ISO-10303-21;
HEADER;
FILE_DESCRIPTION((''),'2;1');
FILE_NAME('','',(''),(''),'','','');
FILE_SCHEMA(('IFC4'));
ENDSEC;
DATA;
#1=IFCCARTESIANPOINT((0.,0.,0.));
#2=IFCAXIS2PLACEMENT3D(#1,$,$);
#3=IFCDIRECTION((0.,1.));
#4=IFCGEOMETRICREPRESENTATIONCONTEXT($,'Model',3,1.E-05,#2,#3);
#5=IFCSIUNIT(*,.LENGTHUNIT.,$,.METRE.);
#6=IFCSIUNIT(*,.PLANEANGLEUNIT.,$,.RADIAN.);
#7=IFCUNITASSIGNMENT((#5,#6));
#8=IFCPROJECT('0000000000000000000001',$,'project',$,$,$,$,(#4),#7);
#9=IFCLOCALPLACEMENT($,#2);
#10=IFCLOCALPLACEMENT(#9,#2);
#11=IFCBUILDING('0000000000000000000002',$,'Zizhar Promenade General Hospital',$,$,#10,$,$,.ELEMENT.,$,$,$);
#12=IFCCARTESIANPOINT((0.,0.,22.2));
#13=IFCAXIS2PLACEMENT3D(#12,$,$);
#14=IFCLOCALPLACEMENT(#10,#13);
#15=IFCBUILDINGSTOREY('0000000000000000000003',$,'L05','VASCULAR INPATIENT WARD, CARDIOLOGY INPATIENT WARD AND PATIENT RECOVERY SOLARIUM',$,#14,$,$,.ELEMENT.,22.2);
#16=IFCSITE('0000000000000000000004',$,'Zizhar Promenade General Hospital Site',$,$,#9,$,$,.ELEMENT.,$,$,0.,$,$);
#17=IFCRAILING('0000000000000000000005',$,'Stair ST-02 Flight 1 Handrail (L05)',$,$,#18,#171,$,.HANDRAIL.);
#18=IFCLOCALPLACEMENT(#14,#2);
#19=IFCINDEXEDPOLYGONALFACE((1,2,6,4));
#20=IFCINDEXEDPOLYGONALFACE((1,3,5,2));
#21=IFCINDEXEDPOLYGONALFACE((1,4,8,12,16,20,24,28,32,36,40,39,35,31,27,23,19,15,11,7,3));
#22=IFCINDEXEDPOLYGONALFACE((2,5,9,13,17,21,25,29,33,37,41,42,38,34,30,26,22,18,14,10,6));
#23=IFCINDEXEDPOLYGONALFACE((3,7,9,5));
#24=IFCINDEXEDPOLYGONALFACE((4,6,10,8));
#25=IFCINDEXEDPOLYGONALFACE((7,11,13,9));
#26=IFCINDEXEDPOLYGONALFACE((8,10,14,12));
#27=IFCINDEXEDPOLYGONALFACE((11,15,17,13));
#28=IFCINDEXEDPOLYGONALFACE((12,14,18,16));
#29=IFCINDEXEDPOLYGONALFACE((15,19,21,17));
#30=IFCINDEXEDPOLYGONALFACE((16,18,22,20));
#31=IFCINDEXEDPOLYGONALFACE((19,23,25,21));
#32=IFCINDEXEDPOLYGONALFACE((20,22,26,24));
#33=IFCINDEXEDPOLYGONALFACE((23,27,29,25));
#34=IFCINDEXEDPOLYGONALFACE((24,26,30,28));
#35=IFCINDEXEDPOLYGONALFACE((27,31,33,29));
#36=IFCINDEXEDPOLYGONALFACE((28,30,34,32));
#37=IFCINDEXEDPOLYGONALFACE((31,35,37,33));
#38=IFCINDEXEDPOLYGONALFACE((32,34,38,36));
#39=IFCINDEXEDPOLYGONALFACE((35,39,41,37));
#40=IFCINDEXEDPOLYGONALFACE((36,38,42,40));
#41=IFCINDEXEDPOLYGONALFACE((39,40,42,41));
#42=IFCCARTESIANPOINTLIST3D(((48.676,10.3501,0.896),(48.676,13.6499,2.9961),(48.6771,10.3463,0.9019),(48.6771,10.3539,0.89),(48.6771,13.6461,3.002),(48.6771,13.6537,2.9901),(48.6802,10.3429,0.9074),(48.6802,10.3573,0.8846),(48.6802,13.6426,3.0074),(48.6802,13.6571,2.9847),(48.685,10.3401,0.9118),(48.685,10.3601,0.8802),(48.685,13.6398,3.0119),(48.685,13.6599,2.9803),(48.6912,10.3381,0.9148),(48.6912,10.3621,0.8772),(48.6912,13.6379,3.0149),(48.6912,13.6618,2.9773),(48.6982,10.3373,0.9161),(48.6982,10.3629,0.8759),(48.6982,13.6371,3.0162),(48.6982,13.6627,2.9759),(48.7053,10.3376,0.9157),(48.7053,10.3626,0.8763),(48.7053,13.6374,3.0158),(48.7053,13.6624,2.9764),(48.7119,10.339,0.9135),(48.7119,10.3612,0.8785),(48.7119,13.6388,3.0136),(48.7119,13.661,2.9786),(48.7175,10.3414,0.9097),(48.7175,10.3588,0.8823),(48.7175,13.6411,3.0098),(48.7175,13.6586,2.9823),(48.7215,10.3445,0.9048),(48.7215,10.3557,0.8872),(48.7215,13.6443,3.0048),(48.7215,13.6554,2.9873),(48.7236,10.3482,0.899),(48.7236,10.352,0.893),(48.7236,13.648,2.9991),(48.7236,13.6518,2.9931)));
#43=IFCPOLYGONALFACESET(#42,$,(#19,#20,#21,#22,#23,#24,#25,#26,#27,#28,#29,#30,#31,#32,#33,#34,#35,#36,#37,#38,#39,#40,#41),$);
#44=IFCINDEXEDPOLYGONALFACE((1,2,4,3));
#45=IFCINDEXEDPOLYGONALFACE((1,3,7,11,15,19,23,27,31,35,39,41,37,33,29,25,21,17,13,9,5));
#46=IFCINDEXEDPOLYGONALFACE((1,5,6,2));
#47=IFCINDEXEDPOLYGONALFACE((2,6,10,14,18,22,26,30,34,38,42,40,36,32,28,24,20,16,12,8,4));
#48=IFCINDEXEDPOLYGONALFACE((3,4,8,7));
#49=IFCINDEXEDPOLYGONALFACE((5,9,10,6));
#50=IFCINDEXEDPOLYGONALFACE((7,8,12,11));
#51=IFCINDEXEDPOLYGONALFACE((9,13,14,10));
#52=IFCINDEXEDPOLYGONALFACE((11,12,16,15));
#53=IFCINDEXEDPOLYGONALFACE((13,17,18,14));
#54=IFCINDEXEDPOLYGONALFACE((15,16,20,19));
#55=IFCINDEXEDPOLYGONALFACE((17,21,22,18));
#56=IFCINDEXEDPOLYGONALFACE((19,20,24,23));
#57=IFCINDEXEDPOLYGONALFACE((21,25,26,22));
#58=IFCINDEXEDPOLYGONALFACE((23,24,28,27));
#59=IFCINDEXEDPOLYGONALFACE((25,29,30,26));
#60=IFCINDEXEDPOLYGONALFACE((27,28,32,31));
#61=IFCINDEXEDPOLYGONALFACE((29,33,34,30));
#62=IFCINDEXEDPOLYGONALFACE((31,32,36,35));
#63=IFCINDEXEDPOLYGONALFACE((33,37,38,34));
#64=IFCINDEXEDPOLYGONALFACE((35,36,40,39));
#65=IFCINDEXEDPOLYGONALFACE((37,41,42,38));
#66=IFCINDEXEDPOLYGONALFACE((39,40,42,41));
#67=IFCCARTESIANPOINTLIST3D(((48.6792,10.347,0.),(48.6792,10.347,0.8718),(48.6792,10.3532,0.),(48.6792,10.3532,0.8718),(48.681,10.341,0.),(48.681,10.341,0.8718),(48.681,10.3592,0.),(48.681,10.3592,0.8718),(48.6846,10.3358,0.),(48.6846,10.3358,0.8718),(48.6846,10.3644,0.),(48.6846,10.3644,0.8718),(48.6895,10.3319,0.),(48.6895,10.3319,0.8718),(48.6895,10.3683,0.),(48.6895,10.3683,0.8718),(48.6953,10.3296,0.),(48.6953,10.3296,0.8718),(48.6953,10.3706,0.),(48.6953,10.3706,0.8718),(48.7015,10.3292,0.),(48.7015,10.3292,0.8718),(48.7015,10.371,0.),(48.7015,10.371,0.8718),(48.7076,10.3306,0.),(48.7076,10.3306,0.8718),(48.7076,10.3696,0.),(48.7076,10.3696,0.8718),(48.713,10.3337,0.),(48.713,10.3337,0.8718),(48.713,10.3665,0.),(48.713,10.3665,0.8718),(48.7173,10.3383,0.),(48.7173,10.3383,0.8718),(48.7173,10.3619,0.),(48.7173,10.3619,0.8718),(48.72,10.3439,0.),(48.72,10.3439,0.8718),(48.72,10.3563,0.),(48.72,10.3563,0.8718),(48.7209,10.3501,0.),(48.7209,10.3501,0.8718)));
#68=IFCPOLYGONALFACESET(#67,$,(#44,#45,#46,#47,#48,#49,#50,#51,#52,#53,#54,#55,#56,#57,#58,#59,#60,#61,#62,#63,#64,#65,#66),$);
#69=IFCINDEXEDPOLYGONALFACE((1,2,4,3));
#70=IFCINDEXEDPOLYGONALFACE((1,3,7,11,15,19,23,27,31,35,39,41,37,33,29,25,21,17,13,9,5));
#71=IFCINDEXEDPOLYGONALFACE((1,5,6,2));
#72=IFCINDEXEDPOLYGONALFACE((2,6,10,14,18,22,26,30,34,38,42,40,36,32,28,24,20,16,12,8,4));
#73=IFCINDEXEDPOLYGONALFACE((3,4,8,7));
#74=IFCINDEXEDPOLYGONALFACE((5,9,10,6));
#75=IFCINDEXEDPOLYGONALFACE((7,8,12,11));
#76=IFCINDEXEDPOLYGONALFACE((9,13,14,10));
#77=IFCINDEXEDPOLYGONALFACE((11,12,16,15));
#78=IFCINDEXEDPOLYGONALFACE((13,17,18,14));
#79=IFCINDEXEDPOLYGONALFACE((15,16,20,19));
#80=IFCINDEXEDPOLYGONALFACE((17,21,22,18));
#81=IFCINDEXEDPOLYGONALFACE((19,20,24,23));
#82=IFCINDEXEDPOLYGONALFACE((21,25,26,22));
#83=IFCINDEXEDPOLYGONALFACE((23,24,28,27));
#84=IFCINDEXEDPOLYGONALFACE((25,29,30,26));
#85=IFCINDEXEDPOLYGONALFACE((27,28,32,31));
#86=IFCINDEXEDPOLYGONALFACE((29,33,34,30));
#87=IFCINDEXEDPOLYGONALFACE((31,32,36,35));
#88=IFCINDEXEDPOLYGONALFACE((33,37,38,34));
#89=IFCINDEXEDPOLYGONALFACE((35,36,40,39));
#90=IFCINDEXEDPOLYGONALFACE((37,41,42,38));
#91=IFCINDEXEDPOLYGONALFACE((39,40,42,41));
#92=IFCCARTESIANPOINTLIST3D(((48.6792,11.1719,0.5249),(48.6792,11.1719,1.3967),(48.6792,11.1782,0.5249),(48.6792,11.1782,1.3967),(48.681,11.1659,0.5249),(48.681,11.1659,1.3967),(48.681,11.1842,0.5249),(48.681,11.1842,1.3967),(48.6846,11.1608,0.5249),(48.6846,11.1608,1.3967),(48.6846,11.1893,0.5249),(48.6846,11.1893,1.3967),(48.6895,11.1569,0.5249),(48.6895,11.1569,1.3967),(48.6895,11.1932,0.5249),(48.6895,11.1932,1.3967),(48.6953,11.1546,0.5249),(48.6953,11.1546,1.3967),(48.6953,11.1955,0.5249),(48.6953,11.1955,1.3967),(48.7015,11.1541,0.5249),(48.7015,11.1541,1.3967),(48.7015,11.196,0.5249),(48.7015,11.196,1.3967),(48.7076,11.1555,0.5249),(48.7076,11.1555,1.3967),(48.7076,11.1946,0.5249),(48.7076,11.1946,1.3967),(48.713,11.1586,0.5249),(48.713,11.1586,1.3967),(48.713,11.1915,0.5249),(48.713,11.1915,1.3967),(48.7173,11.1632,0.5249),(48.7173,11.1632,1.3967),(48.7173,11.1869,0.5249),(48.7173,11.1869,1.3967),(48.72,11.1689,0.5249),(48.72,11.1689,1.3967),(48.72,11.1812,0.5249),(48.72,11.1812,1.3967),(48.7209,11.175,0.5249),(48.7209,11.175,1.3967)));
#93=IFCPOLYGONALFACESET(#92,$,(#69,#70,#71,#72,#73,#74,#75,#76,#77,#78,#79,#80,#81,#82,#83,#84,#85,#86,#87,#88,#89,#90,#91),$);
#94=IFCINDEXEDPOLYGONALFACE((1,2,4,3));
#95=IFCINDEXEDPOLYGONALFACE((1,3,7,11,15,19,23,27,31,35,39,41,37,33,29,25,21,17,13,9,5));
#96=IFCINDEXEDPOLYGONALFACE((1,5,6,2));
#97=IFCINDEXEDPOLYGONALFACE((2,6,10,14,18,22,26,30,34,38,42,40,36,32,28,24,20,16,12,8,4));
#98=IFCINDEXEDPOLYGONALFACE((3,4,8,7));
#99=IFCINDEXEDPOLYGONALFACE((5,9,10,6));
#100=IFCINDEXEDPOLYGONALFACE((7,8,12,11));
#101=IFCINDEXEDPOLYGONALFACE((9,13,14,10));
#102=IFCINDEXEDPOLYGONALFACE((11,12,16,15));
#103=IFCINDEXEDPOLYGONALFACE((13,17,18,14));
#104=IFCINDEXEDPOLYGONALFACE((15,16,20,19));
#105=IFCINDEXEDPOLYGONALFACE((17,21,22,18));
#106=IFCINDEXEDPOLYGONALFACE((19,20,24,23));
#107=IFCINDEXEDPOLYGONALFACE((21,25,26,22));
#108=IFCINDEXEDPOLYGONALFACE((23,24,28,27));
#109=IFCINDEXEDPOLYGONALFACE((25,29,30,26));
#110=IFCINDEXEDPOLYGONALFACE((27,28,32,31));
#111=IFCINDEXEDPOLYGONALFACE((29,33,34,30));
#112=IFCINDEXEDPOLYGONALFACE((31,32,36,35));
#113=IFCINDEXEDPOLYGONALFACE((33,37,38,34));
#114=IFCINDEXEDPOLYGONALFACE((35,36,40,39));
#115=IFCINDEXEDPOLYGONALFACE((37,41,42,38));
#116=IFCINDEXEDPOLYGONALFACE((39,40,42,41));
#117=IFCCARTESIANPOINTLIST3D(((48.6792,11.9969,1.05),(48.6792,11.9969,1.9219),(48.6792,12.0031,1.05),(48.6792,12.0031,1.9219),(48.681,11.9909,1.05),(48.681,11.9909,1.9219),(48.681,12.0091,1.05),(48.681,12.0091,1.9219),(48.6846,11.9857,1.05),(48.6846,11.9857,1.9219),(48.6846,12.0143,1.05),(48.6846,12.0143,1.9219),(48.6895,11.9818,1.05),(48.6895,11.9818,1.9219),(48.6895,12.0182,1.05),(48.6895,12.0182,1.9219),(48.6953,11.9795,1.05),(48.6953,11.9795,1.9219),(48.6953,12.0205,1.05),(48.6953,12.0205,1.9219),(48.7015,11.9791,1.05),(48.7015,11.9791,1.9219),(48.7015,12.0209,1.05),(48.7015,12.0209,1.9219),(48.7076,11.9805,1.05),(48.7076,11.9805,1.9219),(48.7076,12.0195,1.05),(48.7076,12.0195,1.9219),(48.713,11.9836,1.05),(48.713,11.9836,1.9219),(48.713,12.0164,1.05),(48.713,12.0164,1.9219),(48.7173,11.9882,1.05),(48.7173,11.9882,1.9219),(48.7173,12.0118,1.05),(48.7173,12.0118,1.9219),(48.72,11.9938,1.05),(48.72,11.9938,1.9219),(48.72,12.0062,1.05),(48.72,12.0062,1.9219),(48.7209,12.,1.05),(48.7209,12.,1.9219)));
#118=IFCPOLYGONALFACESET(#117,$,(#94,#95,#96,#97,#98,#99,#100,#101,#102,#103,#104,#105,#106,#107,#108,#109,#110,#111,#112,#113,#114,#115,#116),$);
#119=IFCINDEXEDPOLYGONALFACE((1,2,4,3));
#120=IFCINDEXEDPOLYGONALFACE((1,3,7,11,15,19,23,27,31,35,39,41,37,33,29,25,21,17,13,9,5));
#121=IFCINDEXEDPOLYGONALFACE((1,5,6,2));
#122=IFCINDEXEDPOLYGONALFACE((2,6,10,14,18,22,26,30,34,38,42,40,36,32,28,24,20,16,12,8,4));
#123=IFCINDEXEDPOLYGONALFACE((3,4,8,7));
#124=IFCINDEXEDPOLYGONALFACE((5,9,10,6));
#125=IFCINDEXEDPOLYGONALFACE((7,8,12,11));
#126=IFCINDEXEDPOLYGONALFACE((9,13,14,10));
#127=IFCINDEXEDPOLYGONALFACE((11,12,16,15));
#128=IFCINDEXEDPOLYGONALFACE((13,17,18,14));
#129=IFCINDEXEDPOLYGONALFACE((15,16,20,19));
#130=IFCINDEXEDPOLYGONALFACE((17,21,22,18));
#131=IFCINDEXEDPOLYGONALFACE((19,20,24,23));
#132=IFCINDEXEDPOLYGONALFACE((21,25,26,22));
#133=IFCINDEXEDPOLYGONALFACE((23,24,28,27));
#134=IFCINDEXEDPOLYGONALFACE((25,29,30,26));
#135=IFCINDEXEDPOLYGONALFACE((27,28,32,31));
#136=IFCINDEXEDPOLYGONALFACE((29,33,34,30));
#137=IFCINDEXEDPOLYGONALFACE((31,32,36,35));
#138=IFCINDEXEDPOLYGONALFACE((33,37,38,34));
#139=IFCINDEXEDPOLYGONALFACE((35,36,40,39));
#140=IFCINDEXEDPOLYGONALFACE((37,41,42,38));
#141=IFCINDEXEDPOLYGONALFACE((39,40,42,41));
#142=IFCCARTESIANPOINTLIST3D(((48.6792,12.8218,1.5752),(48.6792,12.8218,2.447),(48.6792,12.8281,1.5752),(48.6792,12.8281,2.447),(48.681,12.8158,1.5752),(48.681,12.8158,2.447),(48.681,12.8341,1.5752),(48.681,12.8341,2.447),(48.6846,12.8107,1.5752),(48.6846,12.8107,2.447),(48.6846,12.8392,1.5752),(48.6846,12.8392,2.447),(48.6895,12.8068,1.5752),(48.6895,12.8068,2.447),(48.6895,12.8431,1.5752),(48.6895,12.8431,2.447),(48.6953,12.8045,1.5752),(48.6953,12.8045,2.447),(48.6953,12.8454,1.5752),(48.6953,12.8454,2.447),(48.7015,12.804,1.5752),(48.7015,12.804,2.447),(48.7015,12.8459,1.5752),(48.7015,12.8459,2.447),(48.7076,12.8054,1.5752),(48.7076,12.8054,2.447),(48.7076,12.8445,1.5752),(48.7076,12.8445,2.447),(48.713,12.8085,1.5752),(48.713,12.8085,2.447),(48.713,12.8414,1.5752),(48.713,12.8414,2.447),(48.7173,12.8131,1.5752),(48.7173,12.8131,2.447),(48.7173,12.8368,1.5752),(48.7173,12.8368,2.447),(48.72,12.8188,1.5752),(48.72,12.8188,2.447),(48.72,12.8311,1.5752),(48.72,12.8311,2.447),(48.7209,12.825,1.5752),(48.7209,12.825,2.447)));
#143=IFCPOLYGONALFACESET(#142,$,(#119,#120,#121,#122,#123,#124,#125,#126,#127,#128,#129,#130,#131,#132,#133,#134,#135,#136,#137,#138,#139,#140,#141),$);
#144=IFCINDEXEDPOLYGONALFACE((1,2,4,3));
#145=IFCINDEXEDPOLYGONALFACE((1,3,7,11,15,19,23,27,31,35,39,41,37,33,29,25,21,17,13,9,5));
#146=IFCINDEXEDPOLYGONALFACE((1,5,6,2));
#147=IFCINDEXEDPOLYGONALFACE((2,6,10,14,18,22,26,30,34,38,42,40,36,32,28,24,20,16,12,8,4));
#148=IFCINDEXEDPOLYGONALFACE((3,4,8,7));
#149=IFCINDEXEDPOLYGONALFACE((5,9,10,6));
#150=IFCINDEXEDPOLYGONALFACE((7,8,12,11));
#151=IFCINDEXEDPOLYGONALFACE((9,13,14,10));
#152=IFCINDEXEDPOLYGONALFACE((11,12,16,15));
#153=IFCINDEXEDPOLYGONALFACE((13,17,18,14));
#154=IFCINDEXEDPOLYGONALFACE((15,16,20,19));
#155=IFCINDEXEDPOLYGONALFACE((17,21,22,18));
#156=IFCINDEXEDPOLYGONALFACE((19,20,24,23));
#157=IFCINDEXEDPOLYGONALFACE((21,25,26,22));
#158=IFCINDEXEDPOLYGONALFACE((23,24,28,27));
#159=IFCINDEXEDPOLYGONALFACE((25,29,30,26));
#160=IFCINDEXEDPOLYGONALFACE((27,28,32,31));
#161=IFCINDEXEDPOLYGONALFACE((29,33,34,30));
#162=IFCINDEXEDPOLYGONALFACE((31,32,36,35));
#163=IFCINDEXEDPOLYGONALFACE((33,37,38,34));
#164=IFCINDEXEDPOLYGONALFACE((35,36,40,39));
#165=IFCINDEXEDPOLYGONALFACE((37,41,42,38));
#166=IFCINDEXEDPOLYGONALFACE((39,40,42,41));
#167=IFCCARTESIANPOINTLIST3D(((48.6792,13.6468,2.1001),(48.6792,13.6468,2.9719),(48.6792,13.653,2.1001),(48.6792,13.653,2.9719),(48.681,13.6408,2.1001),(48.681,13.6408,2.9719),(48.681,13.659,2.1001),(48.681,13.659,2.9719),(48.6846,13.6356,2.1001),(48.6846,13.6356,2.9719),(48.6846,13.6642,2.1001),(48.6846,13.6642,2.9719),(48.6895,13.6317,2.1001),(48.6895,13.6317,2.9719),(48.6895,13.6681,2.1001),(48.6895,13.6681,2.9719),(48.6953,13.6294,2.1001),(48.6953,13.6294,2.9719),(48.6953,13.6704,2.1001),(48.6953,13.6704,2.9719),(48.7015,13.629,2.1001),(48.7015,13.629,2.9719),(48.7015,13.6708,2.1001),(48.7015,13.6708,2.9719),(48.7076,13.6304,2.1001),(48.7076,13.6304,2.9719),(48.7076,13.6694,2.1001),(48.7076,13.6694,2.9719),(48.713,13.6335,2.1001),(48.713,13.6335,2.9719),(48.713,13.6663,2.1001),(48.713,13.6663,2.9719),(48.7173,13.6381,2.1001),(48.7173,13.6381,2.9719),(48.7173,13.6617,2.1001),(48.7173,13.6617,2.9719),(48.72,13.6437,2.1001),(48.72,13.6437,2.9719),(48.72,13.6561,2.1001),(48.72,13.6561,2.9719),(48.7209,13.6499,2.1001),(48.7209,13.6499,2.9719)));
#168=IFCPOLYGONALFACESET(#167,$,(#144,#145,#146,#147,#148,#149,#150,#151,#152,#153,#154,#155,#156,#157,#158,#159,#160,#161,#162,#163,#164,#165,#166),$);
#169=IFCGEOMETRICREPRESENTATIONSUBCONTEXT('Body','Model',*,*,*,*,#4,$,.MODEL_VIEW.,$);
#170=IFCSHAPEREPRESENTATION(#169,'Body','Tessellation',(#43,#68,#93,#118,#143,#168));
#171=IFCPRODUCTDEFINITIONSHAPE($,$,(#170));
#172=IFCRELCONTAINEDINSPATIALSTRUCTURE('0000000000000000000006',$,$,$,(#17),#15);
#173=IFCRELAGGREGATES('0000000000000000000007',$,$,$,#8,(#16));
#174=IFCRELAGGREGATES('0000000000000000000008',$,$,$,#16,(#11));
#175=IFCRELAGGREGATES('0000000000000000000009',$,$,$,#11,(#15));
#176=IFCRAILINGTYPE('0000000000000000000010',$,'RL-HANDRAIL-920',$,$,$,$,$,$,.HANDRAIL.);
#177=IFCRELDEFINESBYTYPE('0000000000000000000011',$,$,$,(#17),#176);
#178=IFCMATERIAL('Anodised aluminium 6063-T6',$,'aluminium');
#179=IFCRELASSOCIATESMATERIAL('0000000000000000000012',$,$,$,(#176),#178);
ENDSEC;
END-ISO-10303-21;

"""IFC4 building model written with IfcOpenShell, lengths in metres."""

from ifc_helpers import new_model, si_unit, direction, frame, origin, origin_2d, place, context, subcontext, project, spatial, circle, hollow_circle, extrude, material, material_profile, profile_set, type_object, element, save


model = new_model("IFC4")

# Units and contexts
model_context = context("Model", 3, precision=1e-05, world=origin(), true_north=direction((0.0, 1.0)))
body_context = subcontext(model_context, "Body", "Model", "MODEL_VIEW")
ifc_project = project(units=[si_unit("LENGTHUNIT", "METRE"), si_unit("PLANEANGLEUNIT", "RADIAN")], contexts=[model_context])

# Site, building, storey
site_placement = place(None, origin())
site = spatial("IfcSite", under=ifc_project, at=site_placement, Name="Zizhar Promenade General Hospital Site", CompositionType="ELEMENT", RefElevation=0.0)
building_placement = place(site_placement, origin())
building = spatial("IfcBuilding", under=site, at=building_placement, Name="Zizhar Promenade General Hospital", CompositionType="ELEMENT")
storey_placement = place(building_placement, frame((0.0, 0.0, 22.2)))
storey = spatial("IfcBuildingStorey", under=building, at=storey_placement, Name="L05", Description="VASCULAR INPATIENT WARD, CARDIOLOGY INPATIENT WARD AND PATIENT RECOVERY SOLARIUM", CompositionType="ELEMENT", Elevation=22.2)

# Railing
ifc_material_1 = material(Name="Anodised aluminium 6063-T6", Category="aluminium")
ifc_material_profile_1 = material_profile(ifc_material_1, hollow_circle(Radius=0.0698, WallThickness=0.0063, at=origin_2d()))
ifc_profile_set_1 = profile_set([ifc_material_profile_1], Name="Anodised aluminium 6063-T6")
railing_type_1 = type_object("IfcRailingType", Name="RL-HANDRAIL-920", PredefinedType="HANDRAIL", material=ifc_profile_set_1)
railing_1_placement = place(storey_placement, frame((48.7, 10.3501, 0.0)))
element("IfcRailing", 1, at=railing_1_placement, inside=storey, type_object=railing_type_1, Name="Stair ST-02 Flight 1 Handrail (L05)", PredefinedType="HANDRAIL", context=body_context, shape_type="SweptSolid", body=[
    extrude(circle(Radius=0.0239, at=origin_2d()), frame((0.0, 0.0, 0.896), z_axis=(0.0, 0.843636, 0.536916), x_axis=(-1.0, 0.0, 0.0)), (0.0, 0.0, 1.0), 3.9114),
    extrude(circle(Radius=0.021, at=origin_2d()), origin(), (0.0, 0.0, 1.0), 0.8718),
    extrude(circle(Radius=0.021, at=origin_2d()), frame((0.0, 0.825, 0.5249)), (0.0, 0.0, 1.0), 0.8718),
    extrude(circle(Radius=0.021, at=origin_2d()), frame((0.0, 1.6499, 1.05)), (0.0, 0.0, 1.0), 0.8718),
    extrude(circle(Radius=0.021, at=origin_2d()), frame((0.0, 2.4749, 1.5752)), (0.0, 0.0, 1.0), 0.8718),
    extrude(circle(Radius=0.021, at=origin_2d()), frame((0.0, 3.2998, 2.1001)), (0.0, 0.0, 1.0), 0.8718),
])

save(model, "model.ifc")
